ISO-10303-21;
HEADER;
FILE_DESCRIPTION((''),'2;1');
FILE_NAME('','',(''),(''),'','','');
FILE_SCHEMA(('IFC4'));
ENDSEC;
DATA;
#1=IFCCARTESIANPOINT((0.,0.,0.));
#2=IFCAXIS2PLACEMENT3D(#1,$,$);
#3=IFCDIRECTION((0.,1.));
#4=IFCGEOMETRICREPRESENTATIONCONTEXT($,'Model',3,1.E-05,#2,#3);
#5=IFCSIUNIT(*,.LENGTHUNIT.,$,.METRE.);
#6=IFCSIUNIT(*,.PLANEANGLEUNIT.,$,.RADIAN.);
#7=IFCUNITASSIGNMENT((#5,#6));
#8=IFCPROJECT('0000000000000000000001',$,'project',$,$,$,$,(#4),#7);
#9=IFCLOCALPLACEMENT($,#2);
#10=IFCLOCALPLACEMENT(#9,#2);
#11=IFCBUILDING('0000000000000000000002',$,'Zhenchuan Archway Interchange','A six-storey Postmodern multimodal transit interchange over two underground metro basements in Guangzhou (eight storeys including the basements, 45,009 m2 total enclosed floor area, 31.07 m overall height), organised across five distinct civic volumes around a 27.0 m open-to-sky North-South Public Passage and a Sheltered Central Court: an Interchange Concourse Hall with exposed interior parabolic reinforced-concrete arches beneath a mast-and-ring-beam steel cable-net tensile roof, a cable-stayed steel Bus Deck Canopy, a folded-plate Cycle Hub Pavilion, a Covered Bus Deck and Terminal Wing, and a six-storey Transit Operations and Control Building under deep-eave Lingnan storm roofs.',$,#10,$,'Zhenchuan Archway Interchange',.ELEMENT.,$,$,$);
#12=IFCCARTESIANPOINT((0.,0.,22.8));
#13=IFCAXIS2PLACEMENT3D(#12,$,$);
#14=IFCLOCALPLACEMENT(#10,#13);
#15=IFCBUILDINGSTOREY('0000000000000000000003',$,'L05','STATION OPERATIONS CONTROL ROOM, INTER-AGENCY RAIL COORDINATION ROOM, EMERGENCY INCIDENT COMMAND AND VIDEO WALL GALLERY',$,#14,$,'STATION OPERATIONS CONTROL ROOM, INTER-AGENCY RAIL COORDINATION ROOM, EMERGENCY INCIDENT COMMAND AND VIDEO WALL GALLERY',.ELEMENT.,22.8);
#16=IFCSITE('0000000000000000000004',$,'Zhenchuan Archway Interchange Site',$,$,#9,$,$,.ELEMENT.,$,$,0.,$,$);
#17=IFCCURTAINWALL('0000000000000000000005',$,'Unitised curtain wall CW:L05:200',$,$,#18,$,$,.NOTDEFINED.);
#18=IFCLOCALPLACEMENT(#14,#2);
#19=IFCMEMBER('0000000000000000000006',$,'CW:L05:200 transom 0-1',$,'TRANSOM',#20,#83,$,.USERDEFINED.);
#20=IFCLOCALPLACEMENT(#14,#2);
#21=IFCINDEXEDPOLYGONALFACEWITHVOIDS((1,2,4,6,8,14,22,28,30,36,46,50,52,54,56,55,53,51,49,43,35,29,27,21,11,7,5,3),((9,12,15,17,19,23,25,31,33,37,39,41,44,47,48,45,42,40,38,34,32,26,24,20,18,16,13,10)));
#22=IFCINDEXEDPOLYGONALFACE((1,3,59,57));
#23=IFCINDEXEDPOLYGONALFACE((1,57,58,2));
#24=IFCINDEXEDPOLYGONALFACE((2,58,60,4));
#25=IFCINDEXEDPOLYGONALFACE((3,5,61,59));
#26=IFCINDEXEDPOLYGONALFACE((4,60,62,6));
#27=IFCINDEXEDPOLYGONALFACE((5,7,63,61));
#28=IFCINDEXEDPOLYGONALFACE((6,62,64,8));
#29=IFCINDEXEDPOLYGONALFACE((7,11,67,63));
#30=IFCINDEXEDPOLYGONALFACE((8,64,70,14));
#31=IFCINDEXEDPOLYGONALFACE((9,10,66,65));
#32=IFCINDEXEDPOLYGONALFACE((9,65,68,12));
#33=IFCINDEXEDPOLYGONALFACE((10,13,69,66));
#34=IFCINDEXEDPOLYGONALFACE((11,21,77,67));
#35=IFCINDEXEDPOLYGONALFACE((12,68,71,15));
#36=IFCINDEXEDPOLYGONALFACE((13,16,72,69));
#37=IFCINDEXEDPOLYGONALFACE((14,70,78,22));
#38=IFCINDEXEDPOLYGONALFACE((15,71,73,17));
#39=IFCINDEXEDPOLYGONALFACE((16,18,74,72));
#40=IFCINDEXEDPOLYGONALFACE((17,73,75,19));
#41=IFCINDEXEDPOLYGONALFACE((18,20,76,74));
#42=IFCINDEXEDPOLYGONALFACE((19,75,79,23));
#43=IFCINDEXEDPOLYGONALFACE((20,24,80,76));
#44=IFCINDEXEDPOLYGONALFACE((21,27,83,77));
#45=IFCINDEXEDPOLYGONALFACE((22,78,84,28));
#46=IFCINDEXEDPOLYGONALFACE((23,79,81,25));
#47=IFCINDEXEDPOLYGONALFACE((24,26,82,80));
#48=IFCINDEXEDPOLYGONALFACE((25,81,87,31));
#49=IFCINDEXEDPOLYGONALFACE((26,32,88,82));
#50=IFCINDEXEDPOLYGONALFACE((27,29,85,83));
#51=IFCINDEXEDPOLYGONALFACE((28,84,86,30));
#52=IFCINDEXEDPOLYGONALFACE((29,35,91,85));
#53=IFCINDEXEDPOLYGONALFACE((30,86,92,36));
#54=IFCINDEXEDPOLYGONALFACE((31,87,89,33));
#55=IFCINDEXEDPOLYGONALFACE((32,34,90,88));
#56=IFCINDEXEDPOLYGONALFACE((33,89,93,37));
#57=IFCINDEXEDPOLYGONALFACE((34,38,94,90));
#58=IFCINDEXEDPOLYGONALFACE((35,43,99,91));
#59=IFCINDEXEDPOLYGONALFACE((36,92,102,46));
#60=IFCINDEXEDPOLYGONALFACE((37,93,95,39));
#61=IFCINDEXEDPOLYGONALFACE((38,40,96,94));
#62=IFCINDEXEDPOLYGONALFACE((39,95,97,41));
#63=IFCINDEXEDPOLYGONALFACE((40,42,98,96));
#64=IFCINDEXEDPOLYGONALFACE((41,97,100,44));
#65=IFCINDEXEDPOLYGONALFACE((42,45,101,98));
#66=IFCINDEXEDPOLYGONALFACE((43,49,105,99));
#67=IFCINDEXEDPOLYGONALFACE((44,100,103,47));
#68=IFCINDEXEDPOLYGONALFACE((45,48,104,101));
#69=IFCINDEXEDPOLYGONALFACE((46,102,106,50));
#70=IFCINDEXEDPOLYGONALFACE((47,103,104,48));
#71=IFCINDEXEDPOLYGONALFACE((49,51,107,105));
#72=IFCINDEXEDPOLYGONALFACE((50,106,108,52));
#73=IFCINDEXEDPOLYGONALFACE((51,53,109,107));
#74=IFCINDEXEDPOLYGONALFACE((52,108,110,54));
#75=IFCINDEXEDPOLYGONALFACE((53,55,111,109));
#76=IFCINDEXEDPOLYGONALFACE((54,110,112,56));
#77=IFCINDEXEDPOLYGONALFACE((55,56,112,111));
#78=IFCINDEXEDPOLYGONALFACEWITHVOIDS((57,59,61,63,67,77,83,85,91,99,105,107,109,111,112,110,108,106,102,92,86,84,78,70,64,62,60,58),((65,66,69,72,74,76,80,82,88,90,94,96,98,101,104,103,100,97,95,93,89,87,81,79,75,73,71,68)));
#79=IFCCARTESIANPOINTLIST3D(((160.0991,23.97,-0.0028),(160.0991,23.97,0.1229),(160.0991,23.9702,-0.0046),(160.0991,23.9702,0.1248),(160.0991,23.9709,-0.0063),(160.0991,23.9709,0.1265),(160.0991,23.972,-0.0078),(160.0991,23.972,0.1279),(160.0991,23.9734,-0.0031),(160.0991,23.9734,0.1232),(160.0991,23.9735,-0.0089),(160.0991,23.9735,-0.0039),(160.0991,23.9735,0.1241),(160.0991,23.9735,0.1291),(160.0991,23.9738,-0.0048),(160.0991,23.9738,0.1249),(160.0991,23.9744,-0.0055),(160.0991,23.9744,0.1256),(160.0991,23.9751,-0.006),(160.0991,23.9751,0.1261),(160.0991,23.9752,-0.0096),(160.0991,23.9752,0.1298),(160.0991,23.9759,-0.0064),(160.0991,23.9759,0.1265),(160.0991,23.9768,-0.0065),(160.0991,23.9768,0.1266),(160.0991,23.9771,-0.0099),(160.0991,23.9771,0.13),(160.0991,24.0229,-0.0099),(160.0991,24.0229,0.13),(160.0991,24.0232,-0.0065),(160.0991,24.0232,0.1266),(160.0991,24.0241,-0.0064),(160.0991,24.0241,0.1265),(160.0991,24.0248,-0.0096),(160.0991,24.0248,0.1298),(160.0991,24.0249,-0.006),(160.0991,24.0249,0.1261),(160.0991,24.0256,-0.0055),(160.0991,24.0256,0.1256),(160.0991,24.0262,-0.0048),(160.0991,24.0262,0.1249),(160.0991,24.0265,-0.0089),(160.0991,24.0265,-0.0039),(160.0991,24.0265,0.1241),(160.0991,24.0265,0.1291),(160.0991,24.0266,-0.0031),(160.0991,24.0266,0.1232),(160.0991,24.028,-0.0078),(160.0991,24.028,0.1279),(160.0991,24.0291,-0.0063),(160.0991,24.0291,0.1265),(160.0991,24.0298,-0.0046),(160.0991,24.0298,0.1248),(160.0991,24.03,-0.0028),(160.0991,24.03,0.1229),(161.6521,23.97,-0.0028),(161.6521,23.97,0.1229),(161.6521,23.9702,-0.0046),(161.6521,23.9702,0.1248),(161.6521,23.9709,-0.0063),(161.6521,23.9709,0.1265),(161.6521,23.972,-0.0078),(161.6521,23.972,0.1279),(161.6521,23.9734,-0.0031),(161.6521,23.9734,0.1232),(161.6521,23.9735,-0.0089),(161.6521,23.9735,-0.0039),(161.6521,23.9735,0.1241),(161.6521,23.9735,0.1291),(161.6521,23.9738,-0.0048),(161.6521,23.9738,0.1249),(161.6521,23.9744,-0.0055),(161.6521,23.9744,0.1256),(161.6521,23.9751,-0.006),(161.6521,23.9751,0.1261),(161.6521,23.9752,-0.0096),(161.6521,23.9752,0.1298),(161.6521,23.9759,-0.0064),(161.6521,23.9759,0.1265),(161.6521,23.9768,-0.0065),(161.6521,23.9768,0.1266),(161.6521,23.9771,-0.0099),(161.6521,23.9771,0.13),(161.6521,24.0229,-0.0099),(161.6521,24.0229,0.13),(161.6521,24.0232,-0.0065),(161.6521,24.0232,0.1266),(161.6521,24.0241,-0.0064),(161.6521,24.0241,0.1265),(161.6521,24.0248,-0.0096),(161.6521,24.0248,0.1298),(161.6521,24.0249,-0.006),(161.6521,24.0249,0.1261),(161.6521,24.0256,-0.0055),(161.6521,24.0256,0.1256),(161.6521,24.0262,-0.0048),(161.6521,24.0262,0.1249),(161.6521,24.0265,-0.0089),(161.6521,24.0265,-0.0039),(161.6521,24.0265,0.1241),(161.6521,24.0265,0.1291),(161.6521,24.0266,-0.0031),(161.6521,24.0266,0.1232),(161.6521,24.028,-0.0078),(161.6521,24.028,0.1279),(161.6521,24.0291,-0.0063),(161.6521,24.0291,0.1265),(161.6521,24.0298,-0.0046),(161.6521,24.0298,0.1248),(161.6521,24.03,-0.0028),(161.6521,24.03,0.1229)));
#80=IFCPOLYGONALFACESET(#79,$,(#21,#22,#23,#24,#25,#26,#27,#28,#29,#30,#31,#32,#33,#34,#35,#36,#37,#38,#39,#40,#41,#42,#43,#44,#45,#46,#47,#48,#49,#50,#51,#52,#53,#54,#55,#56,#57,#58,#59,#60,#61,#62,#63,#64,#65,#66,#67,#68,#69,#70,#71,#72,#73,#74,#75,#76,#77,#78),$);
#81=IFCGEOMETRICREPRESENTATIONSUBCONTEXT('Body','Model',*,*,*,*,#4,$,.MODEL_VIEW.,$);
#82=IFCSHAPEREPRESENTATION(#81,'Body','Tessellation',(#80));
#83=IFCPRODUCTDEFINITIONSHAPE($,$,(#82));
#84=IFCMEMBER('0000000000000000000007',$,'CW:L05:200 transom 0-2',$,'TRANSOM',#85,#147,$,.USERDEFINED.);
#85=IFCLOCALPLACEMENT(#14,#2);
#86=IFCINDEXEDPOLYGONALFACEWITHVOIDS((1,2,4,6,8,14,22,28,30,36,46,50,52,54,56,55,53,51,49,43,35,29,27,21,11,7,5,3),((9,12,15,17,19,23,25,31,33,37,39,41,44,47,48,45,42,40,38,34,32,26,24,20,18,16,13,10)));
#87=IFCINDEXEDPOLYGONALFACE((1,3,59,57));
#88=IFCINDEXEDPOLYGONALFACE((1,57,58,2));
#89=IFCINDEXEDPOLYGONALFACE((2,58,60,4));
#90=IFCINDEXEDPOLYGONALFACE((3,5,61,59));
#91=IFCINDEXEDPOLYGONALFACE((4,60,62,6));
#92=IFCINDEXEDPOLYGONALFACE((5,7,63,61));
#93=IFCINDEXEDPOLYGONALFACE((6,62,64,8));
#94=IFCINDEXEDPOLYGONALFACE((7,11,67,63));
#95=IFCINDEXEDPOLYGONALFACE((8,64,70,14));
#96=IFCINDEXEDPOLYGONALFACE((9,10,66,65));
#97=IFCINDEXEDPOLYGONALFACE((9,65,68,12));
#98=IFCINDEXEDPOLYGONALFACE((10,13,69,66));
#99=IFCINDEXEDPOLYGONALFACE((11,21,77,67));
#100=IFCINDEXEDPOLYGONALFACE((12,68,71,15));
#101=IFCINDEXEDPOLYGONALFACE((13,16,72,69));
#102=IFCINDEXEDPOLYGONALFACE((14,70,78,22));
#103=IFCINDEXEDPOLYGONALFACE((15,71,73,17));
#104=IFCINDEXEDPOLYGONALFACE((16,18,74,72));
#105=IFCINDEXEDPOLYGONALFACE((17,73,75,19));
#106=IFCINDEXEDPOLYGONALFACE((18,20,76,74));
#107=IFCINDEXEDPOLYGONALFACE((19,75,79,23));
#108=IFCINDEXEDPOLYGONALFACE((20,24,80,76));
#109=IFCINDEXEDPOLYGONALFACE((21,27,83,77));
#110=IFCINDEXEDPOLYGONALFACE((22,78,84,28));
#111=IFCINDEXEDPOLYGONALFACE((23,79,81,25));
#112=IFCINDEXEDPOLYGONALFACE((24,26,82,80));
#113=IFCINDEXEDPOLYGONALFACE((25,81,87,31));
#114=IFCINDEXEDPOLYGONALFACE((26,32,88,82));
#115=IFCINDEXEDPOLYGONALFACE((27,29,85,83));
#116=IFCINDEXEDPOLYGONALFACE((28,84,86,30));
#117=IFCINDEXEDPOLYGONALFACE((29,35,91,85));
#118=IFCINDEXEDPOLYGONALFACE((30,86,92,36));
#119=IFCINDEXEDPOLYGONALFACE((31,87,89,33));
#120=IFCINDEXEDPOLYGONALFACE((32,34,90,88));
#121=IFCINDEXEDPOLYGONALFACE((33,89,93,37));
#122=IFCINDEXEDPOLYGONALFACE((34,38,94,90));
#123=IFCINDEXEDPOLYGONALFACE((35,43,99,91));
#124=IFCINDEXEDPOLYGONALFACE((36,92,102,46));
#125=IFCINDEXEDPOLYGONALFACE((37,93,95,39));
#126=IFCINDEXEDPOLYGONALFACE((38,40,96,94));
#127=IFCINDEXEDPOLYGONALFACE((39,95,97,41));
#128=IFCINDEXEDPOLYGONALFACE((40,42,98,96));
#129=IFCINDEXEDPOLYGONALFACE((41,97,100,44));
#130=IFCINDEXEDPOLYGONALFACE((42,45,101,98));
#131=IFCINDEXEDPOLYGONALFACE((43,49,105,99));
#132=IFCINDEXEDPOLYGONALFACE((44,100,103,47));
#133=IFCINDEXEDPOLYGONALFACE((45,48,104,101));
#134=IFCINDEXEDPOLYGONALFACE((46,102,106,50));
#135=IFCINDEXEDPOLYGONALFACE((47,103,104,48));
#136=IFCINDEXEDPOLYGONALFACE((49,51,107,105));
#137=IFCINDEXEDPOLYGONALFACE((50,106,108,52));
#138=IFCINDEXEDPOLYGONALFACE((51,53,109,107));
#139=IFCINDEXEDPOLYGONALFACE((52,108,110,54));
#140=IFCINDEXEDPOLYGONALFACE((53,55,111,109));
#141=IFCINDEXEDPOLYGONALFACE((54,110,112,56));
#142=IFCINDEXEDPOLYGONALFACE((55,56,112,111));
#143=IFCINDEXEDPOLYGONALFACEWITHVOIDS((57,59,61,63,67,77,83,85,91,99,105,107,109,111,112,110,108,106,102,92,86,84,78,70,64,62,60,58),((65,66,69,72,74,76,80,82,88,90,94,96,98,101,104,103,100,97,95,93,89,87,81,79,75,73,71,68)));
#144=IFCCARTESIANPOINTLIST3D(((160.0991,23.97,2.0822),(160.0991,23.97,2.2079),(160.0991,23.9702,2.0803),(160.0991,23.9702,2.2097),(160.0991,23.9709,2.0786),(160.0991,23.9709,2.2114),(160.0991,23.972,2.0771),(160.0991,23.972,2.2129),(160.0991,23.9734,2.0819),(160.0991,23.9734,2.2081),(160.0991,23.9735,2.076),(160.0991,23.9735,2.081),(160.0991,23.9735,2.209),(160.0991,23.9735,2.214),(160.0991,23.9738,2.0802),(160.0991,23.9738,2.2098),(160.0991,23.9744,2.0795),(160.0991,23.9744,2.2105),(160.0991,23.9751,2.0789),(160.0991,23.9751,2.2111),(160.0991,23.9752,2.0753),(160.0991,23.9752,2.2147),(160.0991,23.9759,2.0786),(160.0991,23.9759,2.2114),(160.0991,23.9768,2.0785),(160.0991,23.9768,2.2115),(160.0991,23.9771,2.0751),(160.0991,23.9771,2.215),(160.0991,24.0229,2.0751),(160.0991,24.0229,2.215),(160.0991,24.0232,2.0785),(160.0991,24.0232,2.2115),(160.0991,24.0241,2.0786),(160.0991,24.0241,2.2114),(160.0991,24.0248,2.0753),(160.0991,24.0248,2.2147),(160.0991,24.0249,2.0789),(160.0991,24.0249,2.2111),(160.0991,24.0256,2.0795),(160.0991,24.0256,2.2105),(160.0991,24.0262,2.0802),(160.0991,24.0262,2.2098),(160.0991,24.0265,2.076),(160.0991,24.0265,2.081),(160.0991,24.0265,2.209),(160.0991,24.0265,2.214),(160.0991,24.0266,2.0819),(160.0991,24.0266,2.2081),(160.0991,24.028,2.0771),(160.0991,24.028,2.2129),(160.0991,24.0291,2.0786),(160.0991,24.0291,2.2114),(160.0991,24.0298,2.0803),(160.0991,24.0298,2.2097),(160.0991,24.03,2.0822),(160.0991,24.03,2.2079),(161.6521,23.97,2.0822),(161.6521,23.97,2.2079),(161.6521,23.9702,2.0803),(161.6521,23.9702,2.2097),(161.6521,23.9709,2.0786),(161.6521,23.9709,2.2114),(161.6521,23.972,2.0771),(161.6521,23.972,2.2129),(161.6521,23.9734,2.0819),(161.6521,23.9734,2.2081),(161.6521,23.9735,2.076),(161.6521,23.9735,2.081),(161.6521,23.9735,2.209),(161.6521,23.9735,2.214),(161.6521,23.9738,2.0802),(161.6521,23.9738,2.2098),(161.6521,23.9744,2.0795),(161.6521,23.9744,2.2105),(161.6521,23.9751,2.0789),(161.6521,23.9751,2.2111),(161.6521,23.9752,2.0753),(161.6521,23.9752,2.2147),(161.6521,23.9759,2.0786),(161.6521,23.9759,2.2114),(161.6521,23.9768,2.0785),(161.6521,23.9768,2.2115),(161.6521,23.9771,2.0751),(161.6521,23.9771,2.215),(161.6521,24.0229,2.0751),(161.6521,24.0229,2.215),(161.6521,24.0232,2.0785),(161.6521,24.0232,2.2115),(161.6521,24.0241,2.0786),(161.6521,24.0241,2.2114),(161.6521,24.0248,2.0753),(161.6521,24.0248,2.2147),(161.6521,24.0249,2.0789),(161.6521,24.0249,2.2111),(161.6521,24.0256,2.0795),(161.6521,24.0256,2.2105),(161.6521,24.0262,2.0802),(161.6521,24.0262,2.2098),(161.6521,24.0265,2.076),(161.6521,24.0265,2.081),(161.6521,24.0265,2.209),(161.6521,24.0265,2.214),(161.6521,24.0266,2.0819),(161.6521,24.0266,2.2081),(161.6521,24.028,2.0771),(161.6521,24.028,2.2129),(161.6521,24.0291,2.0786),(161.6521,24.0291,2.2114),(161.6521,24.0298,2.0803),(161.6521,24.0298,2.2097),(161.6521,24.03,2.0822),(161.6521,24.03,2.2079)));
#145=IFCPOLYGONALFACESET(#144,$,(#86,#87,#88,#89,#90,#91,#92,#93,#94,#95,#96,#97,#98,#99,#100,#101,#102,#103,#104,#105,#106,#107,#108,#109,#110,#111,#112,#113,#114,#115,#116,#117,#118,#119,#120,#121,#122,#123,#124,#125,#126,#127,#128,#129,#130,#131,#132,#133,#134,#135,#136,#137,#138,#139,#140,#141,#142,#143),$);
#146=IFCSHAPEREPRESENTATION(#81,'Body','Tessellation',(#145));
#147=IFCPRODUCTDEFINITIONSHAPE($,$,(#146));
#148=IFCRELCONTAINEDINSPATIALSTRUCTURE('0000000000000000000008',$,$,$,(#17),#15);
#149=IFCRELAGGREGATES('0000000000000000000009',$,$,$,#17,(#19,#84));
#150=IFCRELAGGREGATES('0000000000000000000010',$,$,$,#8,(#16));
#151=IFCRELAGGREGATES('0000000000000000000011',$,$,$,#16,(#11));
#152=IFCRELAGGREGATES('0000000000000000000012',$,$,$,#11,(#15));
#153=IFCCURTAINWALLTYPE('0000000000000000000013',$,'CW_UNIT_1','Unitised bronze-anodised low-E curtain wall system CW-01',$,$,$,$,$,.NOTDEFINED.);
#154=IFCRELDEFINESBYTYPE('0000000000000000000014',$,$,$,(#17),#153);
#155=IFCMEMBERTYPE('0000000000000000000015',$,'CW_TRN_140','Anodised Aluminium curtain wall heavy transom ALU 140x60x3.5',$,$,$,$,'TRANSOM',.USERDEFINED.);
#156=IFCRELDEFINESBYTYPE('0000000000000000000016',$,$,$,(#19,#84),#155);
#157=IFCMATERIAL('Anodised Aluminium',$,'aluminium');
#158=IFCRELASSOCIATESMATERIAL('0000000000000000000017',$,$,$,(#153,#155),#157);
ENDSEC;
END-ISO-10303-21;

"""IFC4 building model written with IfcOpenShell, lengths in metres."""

from ifc_helpers import new_model, si_unit, direction, frame, origin, origin_2d, place, context, subcontext, project, spatial, hollow_rectangle, extrude, material, material_profile, profile_set, type_object, element, aggregate, save


model = new_model("IFC4")

# Units and contexts
model_context = context("Model", 3, precision=1e-05, world=origin(), true_north=direction((0.0, 1.0)))
body_context = subcontext(model_context, "Body", "Model", "MODEL_VIEW")
ifc_project = project(units=[si_unit("LENGTHUNIT", "METRE"), si_unit("PLANEANGLEUNIT", "RADIAN")], contexts=[model_context])

# Site, building, storey
site_placement = place(None, origin())
site = spatial("IfcSite", under=ifc_project, at=site_placement, Name="Zhenchuan Archway Interchange Site", CompositionType="ELEMENT", RefElevation=0.0)
building_placement = place(site_placement, origin())
building = spatial("IfcBuilding", under=site, at=building_placement, Name="Zhenchuan Archway Interchange", Description="A six-storey Postmodern multimodal transit interchange over two underground metro basements in Guangzhou (eight storeys including the basements, 45,009 m2 total enclosed floor area, 31.07 m overall height), organised across five distinct civic volumes around a 27.0 m open-to-sky North-South Public Passage and a Sheltered Central Court: an Interchange Concourse Hall with exposed interior parabolic reinforced-concrete arches beneath a mast-and-ring-beam steel cable-net tensile roof, a cable-stayed steel Bus Deck Canopy, a folded-plate Cycle Hub Pavilion, a Covered Bus Deck and Terminal Wing, and a six-storey Transit Operations and Control Building under deep-eave Lingnan storm roofs.", LongName="Zhenchuan Archway Interchange", CompositionType="ELEMENT")
storey_placement = place(building_placement, frame((0.0, 0.0, 22.8)))
storey = spatial("IfcBuildingStorey", under=building, at=storey_placement, Name="L05", Description="STATION OPERATIONS CONTROL ROOM, INTER-AGENCY RAIL COORDINATION ROOM, EMERGENCY INCIDENT COMMAND AND VIDEO WALL GALLERY", LongName="STATION OPERATIONS CONTROL ROOM, INTER-AGENCY RAIL COORDINATION ROOM, EMERGENCY INCIDENT COMMAND AND VIDEO WALL GALLERY", CompositionType="ELEMENT", Elevation=22.8)

# Curtain wall, members
ifc_material_1 = material(Name="Anodised Aluminium", Category="aluminium")
curtain_wall_type = type_object("IfcCurtainWallType", Name="CW_UNIT_1", Description="Unitised bronze-anodised low-E curtain wall system CW-01", PredefinedType="NOTDEFINED", material=ifc_material_1)
curtain_wall_placement = place(storey_placement, origin())
curtain_wall = element("IfcCurtainWall", 1, at=curtain_wall_placement, inside=storey, type_object=curtain_wall_type, Name="Unitised curtain wall CW:L05:200", PredefinedType="NOTDEFINED")
ifc_material_profile_1 = material_profile(ifc_material_1, hollow_rectangle(XDim=0.0601, YDim=0.1399, WallThickness=0.0034, InnerFilletRadius=0.0034, OuterFilletRadius=0.0071, at=origin_2d()), Name="ALU 140x60x3.5")
ifc_profile_set_1 = profile_set([ifc_material_profile_1], Name="Anodised Aluminium")
member_type_1 = type_object("IfcMemberType", Name="CW_TRN_140", Description="Anodised Aluminium curtain wall heavy transom ALU 140x60x3.5", ElementType="TRANSOM", PredefinedType="USERDEFINED", material=ifc_profile_set_1)
member_1_placement = place(storey_placement, frame((161.6521, 24.0, 0.0601), z_axis=(-1.0, 0.0, 0.0), x_axis=(0.0, -1.0, 0.0)))
member_1 = element("IfcMember", 2, at=member_1_placement, type_object=member_type_1, Name="CW:L05:200 transom 0-1", ObjectType="TRANSOM", PredefinedType="USERDEFINED", context=body_context, shape_type="SweptSolid", body=[
    extrude(hollow_rectangle(XDim=0.0601, YDim=0.1399, WallThickness=0.0034, InnerFilletRadius=0.0034, OuterFilletRadius=0.0071, at=origin_2d()), origin(), (0.0, 0.0, 1.0), 1.553),
])
member_2_placement = place(storey_placement, frame((161.6521, 24.0, 2.145), z_axis=(-1.0, 0.0, 0.0), x_axis=(0.0, -1.0, 0.0)))
member_2 = element("IfcMember", 3, at=member_2_placement, type_object=member_type_1, Name="CW:L05:200 transom 0-2", ObjectType="TRANSOM", PredefinedType="USERDEFINED", context=body_context, shape_type="SweptSolid", body=[
    extrude(hollow_rectangle(XDim=0.0601, YDim=0.1399, WallThickness=0.0034, InnerFilletRadius=0.0034, OuterFilletRadius=0.0071, at=origin_2d()), origin(), (0.0, 0.0, 1.0), 1.553),
])

aggregate(curtain_wall, [member_1, member_2])

save(model, "model.ifc")
